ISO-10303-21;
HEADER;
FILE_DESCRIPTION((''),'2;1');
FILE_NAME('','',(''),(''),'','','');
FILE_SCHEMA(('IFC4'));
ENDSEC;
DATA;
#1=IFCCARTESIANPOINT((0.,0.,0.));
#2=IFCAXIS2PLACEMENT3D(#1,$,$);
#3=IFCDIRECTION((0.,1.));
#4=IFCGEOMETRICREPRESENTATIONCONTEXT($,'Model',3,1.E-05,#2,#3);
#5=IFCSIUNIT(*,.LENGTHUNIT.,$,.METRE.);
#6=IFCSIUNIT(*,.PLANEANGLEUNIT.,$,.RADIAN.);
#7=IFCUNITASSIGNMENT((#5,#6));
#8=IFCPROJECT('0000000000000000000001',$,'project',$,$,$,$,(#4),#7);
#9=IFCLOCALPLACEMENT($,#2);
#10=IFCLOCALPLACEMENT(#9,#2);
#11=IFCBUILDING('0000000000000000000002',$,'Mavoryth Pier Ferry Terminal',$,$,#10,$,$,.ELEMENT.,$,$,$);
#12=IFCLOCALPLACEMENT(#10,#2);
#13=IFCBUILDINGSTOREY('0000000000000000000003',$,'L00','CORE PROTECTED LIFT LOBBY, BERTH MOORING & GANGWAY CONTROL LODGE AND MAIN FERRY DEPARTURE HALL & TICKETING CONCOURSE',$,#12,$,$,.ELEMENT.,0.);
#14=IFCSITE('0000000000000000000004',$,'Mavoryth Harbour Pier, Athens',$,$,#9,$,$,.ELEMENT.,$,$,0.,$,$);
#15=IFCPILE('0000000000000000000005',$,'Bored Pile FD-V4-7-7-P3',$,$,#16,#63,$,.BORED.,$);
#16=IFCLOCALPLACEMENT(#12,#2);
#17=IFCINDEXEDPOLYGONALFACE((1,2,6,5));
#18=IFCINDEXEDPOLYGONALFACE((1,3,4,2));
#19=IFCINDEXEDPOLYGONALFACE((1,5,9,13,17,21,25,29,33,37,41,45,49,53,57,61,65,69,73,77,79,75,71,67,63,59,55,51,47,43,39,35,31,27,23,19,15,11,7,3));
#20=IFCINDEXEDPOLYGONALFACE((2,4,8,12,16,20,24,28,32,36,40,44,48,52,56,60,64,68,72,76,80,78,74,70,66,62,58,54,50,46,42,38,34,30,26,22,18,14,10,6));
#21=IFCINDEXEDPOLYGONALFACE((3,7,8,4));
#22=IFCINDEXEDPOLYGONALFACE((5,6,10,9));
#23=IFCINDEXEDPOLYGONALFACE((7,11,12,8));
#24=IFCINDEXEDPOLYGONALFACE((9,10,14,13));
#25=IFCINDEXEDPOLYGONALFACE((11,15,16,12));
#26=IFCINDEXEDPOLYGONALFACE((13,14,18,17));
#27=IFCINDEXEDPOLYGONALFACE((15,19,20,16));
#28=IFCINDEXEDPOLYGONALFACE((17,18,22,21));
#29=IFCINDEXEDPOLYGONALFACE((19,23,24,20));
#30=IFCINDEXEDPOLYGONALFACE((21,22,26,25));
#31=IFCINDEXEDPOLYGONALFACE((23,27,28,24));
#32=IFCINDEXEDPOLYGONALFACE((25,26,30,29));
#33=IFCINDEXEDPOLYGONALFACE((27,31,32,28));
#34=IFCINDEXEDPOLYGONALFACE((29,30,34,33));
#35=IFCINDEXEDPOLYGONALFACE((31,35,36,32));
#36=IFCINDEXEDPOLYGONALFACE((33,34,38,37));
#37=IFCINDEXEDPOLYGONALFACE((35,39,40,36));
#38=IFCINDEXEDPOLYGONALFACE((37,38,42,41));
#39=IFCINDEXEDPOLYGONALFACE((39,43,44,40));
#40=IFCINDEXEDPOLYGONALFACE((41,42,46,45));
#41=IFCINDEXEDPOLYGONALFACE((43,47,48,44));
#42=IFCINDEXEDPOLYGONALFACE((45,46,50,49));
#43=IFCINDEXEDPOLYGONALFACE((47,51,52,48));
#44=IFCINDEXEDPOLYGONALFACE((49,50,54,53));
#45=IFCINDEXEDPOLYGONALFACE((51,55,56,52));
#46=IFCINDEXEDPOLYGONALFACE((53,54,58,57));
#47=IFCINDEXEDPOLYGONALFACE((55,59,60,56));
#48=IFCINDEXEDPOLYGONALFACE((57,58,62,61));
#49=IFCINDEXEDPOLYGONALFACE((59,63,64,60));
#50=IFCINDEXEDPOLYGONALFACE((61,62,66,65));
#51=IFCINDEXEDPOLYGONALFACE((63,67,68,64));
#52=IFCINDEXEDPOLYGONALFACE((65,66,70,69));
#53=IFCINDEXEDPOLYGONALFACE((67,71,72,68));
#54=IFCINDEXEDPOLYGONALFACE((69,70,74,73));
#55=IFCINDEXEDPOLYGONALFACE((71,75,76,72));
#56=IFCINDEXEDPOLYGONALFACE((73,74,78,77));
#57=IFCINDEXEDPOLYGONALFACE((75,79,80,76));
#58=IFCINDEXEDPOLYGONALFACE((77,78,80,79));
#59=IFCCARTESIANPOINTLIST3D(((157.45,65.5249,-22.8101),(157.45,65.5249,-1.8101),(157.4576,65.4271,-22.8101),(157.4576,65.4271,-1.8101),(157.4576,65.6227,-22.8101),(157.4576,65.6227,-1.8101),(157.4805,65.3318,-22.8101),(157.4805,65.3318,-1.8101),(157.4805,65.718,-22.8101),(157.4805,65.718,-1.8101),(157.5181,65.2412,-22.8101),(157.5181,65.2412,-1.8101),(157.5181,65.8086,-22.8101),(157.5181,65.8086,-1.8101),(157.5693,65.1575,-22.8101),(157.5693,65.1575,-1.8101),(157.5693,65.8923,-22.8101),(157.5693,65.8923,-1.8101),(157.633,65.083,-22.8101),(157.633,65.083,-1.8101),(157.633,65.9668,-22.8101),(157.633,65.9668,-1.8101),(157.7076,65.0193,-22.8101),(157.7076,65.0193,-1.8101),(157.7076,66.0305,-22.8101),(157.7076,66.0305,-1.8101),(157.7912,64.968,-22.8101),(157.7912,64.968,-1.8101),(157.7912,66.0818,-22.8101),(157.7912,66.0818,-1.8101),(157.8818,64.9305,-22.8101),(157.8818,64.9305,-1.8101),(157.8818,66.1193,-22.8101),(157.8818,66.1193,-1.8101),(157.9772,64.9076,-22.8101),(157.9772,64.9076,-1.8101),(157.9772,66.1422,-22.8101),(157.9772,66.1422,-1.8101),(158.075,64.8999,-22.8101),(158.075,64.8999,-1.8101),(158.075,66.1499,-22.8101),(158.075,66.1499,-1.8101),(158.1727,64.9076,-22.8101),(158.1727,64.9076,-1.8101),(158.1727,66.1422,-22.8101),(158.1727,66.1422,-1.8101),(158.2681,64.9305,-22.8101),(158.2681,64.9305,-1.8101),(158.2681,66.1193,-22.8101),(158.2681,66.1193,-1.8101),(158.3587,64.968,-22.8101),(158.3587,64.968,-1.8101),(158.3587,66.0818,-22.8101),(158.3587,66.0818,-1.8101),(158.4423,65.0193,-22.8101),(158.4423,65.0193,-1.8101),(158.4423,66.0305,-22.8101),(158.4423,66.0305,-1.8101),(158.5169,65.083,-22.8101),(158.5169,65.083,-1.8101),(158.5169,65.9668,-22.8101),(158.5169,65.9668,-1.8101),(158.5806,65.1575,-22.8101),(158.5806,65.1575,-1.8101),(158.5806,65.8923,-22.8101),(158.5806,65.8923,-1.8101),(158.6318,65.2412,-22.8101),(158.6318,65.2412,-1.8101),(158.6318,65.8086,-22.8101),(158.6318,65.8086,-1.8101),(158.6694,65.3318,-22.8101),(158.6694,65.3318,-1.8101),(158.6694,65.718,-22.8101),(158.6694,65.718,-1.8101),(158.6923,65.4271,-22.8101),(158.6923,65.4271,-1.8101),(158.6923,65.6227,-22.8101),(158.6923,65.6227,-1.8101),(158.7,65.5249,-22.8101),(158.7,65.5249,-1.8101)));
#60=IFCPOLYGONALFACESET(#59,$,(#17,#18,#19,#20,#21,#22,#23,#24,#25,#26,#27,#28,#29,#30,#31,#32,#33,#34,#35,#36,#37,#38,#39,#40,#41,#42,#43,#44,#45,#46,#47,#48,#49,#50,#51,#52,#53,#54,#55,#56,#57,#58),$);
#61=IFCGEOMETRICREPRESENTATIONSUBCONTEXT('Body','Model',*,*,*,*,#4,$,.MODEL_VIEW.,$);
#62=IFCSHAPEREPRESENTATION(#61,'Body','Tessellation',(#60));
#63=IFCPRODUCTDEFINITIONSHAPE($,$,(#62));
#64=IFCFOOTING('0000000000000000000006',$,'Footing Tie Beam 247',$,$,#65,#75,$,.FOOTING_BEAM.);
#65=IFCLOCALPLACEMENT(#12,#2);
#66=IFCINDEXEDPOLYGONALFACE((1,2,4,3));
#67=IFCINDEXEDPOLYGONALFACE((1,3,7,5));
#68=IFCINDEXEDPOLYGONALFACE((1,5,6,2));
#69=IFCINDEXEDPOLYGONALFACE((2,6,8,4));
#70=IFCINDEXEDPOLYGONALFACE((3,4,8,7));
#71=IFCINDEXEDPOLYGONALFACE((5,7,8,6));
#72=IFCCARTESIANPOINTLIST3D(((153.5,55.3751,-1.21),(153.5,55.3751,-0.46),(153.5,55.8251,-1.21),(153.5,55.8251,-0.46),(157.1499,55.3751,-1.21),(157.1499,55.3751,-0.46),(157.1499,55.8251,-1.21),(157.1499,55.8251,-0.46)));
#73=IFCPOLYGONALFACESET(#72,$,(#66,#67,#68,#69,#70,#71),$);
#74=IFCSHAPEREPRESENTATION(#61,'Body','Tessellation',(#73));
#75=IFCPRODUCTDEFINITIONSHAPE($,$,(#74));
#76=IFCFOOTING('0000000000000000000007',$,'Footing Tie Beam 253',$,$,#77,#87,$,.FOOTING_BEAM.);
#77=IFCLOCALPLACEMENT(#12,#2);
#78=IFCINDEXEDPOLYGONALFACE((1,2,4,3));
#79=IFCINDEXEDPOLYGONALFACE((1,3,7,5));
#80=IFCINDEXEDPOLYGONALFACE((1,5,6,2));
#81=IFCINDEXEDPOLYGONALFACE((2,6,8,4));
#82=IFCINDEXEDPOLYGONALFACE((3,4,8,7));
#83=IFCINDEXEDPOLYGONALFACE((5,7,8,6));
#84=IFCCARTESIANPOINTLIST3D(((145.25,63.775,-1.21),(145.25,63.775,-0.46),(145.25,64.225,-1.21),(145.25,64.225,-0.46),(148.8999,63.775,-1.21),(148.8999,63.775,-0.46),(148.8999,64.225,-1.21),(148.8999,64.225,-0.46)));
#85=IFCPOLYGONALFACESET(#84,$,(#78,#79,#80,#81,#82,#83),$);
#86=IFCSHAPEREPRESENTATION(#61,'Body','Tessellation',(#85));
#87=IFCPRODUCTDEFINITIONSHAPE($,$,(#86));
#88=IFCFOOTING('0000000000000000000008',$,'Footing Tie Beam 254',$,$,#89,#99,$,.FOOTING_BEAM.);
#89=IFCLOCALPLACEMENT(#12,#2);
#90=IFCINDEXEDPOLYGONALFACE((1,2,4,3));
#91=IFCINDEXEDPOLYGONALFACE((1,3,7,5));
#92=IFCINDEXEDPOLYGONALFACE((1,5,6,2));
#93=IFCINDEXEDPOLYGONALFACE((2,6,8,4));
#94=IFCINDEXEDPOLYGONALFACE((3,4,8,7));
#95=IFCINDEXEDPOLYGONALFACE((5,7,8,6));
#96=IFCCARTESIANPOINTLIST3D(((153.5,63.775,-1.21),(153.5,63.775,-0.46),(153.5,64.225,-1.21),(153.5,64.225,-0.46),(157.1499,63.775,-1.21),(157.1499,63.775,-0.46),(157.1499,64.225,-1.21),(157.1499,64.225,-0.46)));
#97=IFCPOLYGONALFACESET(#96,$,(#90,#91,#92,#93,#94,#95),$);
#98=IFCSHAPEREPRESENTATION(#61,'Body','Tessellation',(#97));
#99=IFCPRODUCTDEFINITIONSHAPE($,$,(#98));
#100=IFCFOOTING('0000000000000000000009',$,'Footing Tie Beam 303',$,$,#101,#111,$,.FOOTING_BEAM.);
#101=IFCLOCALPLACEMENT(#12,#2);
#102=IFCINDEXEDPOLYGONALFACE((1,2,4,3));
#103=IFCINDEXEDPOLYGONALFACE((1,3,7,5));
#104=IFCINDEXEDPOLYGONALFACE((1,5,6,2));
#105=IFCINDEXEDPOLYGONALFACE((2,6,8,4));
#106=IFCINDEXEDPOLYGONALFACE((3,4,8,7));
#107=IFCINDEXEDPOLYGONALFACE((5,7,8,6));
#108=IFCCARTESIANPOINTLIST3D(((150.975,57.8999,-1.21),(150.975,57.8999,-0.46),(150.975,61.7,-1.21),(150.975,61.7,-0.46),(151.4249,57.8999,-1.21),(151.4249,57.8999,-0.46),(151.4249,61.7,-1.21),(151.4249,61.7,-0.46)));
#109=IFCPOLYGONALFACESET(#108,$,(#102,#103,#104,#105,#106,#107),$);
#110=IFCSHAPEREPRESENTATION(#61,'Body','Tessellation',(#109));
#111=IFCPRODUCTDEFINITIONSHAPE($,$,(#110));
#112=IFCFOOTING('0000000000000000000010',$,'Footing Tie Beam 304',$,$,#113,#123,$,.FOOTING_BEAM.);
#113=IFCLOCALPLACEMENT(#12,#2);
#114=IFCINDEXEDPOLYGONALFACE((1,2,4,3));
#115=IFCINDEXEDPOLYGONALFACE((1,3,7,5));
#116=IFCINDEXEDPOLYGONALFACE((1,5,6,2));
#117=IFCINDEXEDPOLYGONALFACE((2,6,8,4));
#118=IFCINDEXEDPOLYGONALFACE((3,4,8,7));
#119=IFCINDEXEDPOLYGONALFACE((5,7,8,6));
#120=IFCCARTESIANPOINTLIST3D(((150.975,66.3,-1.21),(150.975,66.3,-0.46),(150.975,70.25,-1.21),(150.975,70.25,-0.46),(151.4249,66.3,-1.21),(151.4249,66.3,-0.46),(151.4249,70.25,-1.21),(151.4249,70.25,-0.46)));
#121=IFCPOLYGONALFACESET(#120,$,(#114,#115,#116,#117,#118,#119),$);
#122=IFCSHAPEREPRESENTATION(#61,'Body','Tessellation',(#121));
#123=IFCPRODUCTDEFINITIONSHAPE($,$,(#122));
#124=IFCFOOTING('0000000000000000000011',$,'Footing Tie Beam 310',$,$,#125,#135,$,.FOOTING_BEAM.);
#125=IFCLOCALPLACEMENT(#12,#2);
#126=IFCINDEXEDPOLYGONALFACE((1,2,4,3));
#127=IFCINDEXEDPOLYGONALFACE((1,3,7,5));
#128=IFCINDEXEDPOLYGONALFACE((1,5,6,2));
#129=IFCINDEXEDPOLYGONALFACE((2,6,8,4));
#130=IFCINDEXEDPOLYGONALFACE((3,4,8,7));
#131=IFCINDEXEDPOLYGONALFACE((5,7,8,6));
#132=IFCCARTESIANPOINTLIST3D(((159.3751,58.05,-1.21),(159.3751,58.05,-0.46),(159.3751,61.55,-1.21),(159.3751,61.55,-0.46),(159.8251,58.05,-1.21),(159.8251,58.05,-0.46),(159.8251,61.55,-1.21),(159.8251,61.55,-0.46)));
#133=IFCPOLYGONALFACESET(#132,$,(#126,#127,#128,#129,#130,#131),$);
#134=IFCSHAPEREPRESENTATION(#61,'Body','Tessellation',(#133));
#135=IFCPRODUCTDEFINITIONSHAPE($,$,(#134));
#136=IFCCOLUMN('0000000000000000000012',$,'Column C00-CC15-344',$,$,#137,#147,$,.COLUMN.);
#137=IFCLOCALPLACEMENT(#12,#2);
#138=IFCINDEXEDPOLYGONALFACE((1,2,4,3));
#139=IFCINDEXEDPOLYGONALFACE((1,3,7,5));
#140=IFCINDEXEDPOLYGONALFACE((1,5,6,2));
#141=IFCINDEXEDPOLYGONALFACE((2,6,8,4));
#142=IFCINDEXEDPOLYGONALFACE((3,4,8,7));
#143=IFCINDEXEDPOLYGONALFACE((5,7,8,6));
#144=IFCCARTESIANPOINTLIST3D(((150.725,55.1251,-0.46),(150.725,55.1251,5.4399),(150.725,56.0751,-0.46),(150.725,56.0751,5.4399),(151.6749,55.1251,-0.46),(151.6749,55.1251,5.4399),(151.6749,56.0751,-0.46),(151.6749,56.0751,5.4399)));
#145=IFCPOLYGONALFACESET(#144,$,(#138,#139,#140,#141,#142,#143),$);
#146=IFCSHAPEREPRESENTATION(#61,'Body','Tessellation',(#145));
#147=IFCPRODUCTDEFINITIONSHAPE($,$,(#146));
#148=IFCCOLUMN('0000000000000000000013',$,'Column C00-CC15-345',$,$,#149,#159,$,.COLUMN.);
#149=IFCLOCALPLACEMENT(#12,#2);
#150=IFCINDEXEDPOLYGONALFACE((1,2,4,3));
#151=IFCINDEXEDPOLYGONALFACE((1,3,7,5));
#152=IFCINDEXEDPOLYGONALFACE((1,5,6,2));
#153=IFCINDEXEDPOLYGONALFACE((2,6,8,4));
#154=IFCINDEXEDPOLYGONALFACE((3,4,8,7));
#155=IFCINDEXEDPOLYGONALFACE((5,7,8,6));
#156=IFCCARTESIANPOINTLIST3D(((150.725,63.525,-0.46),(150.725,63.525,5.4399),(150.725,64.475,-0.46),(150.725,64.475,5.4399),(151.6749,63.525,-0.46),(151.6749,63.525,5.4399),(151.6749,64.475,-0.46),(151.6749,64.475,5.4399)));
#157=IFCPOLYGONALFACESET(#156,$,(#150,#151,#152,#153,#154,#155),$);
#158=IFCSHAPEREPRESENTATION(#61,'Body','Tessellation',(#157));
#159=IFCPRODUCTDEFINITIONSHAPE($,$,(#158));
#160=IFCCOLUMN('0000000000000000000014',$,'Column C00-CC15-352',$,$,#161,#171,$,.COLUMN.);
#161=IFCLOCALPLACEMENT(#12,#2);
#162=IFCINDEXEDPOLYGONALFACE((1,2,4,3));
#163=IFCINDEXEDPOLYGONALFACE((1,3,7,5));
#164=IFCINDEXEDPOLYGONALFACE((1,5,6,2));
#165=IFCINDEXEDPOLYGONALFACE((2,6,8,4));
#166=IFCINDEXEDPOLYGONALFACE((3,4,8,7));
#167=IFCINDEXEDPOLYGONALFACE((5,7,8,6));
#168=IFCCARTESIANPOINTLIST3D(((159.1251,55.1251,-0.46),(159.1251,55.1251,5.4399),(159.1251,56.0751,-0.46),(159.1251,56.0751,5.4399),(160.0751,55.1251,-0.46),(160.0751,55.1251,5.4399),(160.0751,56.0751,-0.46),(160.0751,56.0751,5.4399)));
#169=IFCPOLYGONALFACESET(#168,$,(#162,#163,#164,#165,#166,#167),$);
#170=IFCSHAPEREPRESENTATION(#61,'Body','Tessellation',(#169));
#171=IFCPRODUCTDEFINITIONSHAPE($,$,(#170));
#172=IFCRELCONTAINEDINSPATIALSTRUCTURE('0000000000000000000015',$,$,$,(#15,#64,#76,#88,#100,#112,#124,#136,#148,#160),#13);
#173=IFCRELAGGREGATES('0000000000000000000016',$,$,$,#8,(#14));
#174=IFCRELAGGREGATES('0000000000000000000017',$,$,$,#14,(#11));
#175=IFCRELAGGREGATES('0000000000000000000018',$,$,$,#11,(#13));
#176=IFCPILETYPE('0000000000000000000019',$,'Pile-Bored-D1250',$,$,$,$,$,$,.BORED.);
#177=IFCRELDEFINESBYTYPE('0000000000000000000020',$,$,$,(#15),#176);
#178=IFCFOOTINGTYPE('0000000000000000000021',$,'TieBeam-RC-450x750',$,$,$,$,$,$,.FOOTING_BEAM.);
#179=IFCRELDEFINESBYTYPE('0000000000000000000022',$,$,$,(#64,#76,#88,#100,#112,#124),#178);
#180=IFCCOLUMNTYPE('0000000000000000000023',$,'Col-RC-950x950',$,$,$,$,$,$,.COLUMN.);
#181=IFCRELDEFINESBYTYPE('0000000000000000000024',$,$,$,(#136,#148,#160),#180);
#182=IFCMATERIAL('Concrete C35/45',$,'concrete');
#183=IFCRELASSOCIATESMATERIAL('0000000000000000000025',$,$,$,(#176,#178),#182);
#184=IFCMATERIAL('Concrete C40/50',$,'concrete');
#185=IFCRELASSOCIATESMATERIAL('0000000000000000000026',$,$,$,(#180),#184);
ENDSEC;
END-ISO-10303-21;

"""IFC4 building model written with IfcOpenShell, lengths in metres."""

from ifc_helpers import new_model, si_unit, direction, frame, origin, origin_2d, place, context, subcontext, project, spatial, rectangle, circle, extrude, material, material_profile, profile_set, type_object, element, save


model = new_model("IFC4")

# Units and contexts
model_context = context("Model", 3, precision=1e-05, world=origin(), true_north=direction((0.0, 1.0)))
body_context = subcontext(model_context, "Body", "Model", "MODEL_VIEW")
ifc_project = project(units=[si_unit("LENGTHUNIT", "METRE"), si_unit("PLANEANGLEUNIT", "RADIAN")], contexts=[model_context])

# Site, building, storey
site_placement = place(None, origin())
site = spatial("IfcSite", under=ifc_project, at=site_placement, Name="Mavoryth Harbour Pier, Athens", CompositionType="ELEMENT", RefElevation=0.0)
building_placement = place(site_placement, origin())
building = spatial("IfcBuilding", under=site, at=building_placement, Name="Mavoryth Pier Ferry Terminal", CompositionType="ELEMENT")
storey_placement = place(building_placement, origin())
storey = spatial("IfcBuildingStorey", under=building, at=storey_placement, Name="L00", Description="CORE PROTECTED LIFT LOBBY, BERTH MOORING & GANGWAY CONTROL LODGE AND MAIN FERRY DEPARTURE HALL & TICKETING CONCOURSE", CompositionType="ELEMENT", Elevation=0.0)

# Shared definitions
ifc_material_1 = material(Name="Concrete C35/45", Category="concrete")

# Pile
ifc_material_profile_1 = material_profile(ifc_material_1, circle(Radius=0.625, at=origin_2d()), Name="PILE D1250", Category="concrete")
ifc_profile_set_1 = profile_set([ifc_material_profile_1], Name="Concrete C35/45 - PILE D1250")
pile_type = type_object("IfcPileType", Name="Pile-Bored-D1250", PredefinedType="BORED", material=ifc_profile_set_1)
for number, where, z_axis, x_axis, name in (
    (1, (158.075, 65.5249, -1.8101), (0.0, 0.0, -1.0), (1.0, 0.0, 0.0), "Bored Pile FD-V4-7-7-P3"),
):
    element("IfcPile", number, at=place(storey_placement, frame(where, z_axis=z_axis, x_axis=x_axis)), inside=storey, type_object=pile_type, Name=name, PredefinedType="BORED", context=body_context, shape_type="SweptSolid", body=[
        extrude(circle(Radius=0.625, at=origin_2d()), origin(), (0.0, 0.0, 1.0), 21.0),
    ])

# Footings
ifc_material_profile_2 = material_profile(ifc_material_1, rectangle(XDim=0.45, YDim=0.75, at=origin_2d()), Name="RC 450x750", Category="concrete")
ifc_profile_set_2 = profile_set([ifc_material_profile_2], Name="Concrete C35/45 - RC 450x750")
footing_type_1 = type_object("IfcFootingType", Name="TieBeam-RC-450x750", PredefinedType="FOOTING_BEAM", material=ifc_profile_set_2)
for number, where, z_axis, x_axis, name in (
    (2, (153.5, 55.6001, -0.835), (1.0, 0.0, 0.0), (0.0, 1.0, 0.0), "Footing Tie Beam 247"),
    (3, (145.25, 64.0, -0.835), (1.0, 0.0, 0.0), (0.0, 1.0, 0.0), "Footing Tie Beam 253"),
    (4, (153.5, 64.0, -0.835), (1.0, 0.0, 0.0), (0.0, 1.0, 0.0), "Footing Tie Beam 254"),
):
    element("IfcFooting", number, at=place(storey_placement, frame(where, z_axis=z_axis, x_axis=x_axis)), inside=storey, type_object=footing_type_1, Name=name, PredefinedType="FOOTING_BEAM", context=body_context, shape_type="SweptSolid", body=[
        extrude(rectangle(XDim=0.45, YDim=0.75, at=origin_2d()), origin(), (0.0, 0.0, 1.0), 3.6499),
    ])
footing_1_placement = place(storey_placement, frame((151.2, 57.8999, -0.835), z_axis=(0.0, 1.0, 0.0), x_axis=(-1.0, 0.0, 0.0)))
element("IfcFooting", 5, at=footing_1_placement, inside=storey, type_object=footing_type_1, Name="Footing Tie Beam 303", PredefinedType="FOOTING_BEAM", context=body_context, shape_type="SweptSolid", body=[
    extrude(rectangle(XDim=0.45, YDim=0.75, at=origin_2d()), origin(), (0.0, 0.0, 1.0), 3.8),
])
footing_2_placement = place(storey_placement, frame((151.2, 66.3, -0.835), z_axis=(0.0, 1.0, 0.0), x_axis=(-1.0, 0.0, 0.0)))
element("IfcFooting", 6, at=footing_2_placement, inside=storey, type_object=footing_type_1, Name="Footing Tie Beam 304", PredefinedType="FOOTING_BEAM", context=body_context, shape_type="SweptSolid", body=[
    extrude(rectangle(XDim=0.45, YDim=0.75, at=origin_2d()), origin(), (0.0, 0.0, 1.0), 3.95),
])
footing_3_placement = place(storey_placement, frame((159.6001, 58.05, -0.835), z_axis=(0.0, 1.0, 0.0), x_axis=(-1.0, 0.0, 0.0)))
element("IfcFooting", 7, at=footing_3_placement, inside=storey, type_object=footing_type_1, Name="Footing Tie Beam 310", PredefinedType="FOOTING_BEAM", context=body_context, shape_type="SweptSolid", body=[
    extrude(rectangle(XDim=0.45, YDim=0.75, at=origin_2d()), origin(), (0.0, 0.0, 1.0), 3.5),
])

# Columns
ifc_material_2 = material(Name="Concrete C40/50", Category="concrete")
ifc_material_profile_3 = material_profile(ifc_material_2, rectangle(XDim=0.95, YDim=0.95, at=origin_2d()), Name="RC 950x950", Category="concrete")
ifc_profile_set_3 = profile_set([ifc_material_profile_3], Name="Concrete C40/50 - RC 950x950")
column_type = type_object("IfcColumnType", Name="Col-RC-950x950", PredefinedType="COLUMN", material=ifc_profile_set_3)
for number, where, z_axis, x_axis, name in (
    (8, (151.2, 55.6001, -0.46), (0.0, 0.0, 1.0), (1.0, 0.0, 0.0), "Column C00-CC15-344"),
    (9, (151.2, 64.0, -0.46), (0.0, 0.0, 1.0), (1.0, 0.0, 0.0), "Column C00-CC15-345"),
    (10, (159.6001, 55.6001, -0.46), (0.0, 0.0, 1.0), (1.0, 0.0, 0.0), "Column C00-CC15-352"),
):
    element("IfcColumn", number, at=place(storey_placement, frame(where, z_axis=z_axis, x_axis=x_axis)), inside=storey, type_object=column_type, Name=name, PredefinedType="COLUMN", context=body_context, shape_type="SweptSolid", body=[
        extrude(rectangle(XDim=0.95, YDim=0.95, at=origin_2d()), origin(), (0.0, 0.0, 1.0), 5.8999),
    ])

save(model, "model.ifc")
